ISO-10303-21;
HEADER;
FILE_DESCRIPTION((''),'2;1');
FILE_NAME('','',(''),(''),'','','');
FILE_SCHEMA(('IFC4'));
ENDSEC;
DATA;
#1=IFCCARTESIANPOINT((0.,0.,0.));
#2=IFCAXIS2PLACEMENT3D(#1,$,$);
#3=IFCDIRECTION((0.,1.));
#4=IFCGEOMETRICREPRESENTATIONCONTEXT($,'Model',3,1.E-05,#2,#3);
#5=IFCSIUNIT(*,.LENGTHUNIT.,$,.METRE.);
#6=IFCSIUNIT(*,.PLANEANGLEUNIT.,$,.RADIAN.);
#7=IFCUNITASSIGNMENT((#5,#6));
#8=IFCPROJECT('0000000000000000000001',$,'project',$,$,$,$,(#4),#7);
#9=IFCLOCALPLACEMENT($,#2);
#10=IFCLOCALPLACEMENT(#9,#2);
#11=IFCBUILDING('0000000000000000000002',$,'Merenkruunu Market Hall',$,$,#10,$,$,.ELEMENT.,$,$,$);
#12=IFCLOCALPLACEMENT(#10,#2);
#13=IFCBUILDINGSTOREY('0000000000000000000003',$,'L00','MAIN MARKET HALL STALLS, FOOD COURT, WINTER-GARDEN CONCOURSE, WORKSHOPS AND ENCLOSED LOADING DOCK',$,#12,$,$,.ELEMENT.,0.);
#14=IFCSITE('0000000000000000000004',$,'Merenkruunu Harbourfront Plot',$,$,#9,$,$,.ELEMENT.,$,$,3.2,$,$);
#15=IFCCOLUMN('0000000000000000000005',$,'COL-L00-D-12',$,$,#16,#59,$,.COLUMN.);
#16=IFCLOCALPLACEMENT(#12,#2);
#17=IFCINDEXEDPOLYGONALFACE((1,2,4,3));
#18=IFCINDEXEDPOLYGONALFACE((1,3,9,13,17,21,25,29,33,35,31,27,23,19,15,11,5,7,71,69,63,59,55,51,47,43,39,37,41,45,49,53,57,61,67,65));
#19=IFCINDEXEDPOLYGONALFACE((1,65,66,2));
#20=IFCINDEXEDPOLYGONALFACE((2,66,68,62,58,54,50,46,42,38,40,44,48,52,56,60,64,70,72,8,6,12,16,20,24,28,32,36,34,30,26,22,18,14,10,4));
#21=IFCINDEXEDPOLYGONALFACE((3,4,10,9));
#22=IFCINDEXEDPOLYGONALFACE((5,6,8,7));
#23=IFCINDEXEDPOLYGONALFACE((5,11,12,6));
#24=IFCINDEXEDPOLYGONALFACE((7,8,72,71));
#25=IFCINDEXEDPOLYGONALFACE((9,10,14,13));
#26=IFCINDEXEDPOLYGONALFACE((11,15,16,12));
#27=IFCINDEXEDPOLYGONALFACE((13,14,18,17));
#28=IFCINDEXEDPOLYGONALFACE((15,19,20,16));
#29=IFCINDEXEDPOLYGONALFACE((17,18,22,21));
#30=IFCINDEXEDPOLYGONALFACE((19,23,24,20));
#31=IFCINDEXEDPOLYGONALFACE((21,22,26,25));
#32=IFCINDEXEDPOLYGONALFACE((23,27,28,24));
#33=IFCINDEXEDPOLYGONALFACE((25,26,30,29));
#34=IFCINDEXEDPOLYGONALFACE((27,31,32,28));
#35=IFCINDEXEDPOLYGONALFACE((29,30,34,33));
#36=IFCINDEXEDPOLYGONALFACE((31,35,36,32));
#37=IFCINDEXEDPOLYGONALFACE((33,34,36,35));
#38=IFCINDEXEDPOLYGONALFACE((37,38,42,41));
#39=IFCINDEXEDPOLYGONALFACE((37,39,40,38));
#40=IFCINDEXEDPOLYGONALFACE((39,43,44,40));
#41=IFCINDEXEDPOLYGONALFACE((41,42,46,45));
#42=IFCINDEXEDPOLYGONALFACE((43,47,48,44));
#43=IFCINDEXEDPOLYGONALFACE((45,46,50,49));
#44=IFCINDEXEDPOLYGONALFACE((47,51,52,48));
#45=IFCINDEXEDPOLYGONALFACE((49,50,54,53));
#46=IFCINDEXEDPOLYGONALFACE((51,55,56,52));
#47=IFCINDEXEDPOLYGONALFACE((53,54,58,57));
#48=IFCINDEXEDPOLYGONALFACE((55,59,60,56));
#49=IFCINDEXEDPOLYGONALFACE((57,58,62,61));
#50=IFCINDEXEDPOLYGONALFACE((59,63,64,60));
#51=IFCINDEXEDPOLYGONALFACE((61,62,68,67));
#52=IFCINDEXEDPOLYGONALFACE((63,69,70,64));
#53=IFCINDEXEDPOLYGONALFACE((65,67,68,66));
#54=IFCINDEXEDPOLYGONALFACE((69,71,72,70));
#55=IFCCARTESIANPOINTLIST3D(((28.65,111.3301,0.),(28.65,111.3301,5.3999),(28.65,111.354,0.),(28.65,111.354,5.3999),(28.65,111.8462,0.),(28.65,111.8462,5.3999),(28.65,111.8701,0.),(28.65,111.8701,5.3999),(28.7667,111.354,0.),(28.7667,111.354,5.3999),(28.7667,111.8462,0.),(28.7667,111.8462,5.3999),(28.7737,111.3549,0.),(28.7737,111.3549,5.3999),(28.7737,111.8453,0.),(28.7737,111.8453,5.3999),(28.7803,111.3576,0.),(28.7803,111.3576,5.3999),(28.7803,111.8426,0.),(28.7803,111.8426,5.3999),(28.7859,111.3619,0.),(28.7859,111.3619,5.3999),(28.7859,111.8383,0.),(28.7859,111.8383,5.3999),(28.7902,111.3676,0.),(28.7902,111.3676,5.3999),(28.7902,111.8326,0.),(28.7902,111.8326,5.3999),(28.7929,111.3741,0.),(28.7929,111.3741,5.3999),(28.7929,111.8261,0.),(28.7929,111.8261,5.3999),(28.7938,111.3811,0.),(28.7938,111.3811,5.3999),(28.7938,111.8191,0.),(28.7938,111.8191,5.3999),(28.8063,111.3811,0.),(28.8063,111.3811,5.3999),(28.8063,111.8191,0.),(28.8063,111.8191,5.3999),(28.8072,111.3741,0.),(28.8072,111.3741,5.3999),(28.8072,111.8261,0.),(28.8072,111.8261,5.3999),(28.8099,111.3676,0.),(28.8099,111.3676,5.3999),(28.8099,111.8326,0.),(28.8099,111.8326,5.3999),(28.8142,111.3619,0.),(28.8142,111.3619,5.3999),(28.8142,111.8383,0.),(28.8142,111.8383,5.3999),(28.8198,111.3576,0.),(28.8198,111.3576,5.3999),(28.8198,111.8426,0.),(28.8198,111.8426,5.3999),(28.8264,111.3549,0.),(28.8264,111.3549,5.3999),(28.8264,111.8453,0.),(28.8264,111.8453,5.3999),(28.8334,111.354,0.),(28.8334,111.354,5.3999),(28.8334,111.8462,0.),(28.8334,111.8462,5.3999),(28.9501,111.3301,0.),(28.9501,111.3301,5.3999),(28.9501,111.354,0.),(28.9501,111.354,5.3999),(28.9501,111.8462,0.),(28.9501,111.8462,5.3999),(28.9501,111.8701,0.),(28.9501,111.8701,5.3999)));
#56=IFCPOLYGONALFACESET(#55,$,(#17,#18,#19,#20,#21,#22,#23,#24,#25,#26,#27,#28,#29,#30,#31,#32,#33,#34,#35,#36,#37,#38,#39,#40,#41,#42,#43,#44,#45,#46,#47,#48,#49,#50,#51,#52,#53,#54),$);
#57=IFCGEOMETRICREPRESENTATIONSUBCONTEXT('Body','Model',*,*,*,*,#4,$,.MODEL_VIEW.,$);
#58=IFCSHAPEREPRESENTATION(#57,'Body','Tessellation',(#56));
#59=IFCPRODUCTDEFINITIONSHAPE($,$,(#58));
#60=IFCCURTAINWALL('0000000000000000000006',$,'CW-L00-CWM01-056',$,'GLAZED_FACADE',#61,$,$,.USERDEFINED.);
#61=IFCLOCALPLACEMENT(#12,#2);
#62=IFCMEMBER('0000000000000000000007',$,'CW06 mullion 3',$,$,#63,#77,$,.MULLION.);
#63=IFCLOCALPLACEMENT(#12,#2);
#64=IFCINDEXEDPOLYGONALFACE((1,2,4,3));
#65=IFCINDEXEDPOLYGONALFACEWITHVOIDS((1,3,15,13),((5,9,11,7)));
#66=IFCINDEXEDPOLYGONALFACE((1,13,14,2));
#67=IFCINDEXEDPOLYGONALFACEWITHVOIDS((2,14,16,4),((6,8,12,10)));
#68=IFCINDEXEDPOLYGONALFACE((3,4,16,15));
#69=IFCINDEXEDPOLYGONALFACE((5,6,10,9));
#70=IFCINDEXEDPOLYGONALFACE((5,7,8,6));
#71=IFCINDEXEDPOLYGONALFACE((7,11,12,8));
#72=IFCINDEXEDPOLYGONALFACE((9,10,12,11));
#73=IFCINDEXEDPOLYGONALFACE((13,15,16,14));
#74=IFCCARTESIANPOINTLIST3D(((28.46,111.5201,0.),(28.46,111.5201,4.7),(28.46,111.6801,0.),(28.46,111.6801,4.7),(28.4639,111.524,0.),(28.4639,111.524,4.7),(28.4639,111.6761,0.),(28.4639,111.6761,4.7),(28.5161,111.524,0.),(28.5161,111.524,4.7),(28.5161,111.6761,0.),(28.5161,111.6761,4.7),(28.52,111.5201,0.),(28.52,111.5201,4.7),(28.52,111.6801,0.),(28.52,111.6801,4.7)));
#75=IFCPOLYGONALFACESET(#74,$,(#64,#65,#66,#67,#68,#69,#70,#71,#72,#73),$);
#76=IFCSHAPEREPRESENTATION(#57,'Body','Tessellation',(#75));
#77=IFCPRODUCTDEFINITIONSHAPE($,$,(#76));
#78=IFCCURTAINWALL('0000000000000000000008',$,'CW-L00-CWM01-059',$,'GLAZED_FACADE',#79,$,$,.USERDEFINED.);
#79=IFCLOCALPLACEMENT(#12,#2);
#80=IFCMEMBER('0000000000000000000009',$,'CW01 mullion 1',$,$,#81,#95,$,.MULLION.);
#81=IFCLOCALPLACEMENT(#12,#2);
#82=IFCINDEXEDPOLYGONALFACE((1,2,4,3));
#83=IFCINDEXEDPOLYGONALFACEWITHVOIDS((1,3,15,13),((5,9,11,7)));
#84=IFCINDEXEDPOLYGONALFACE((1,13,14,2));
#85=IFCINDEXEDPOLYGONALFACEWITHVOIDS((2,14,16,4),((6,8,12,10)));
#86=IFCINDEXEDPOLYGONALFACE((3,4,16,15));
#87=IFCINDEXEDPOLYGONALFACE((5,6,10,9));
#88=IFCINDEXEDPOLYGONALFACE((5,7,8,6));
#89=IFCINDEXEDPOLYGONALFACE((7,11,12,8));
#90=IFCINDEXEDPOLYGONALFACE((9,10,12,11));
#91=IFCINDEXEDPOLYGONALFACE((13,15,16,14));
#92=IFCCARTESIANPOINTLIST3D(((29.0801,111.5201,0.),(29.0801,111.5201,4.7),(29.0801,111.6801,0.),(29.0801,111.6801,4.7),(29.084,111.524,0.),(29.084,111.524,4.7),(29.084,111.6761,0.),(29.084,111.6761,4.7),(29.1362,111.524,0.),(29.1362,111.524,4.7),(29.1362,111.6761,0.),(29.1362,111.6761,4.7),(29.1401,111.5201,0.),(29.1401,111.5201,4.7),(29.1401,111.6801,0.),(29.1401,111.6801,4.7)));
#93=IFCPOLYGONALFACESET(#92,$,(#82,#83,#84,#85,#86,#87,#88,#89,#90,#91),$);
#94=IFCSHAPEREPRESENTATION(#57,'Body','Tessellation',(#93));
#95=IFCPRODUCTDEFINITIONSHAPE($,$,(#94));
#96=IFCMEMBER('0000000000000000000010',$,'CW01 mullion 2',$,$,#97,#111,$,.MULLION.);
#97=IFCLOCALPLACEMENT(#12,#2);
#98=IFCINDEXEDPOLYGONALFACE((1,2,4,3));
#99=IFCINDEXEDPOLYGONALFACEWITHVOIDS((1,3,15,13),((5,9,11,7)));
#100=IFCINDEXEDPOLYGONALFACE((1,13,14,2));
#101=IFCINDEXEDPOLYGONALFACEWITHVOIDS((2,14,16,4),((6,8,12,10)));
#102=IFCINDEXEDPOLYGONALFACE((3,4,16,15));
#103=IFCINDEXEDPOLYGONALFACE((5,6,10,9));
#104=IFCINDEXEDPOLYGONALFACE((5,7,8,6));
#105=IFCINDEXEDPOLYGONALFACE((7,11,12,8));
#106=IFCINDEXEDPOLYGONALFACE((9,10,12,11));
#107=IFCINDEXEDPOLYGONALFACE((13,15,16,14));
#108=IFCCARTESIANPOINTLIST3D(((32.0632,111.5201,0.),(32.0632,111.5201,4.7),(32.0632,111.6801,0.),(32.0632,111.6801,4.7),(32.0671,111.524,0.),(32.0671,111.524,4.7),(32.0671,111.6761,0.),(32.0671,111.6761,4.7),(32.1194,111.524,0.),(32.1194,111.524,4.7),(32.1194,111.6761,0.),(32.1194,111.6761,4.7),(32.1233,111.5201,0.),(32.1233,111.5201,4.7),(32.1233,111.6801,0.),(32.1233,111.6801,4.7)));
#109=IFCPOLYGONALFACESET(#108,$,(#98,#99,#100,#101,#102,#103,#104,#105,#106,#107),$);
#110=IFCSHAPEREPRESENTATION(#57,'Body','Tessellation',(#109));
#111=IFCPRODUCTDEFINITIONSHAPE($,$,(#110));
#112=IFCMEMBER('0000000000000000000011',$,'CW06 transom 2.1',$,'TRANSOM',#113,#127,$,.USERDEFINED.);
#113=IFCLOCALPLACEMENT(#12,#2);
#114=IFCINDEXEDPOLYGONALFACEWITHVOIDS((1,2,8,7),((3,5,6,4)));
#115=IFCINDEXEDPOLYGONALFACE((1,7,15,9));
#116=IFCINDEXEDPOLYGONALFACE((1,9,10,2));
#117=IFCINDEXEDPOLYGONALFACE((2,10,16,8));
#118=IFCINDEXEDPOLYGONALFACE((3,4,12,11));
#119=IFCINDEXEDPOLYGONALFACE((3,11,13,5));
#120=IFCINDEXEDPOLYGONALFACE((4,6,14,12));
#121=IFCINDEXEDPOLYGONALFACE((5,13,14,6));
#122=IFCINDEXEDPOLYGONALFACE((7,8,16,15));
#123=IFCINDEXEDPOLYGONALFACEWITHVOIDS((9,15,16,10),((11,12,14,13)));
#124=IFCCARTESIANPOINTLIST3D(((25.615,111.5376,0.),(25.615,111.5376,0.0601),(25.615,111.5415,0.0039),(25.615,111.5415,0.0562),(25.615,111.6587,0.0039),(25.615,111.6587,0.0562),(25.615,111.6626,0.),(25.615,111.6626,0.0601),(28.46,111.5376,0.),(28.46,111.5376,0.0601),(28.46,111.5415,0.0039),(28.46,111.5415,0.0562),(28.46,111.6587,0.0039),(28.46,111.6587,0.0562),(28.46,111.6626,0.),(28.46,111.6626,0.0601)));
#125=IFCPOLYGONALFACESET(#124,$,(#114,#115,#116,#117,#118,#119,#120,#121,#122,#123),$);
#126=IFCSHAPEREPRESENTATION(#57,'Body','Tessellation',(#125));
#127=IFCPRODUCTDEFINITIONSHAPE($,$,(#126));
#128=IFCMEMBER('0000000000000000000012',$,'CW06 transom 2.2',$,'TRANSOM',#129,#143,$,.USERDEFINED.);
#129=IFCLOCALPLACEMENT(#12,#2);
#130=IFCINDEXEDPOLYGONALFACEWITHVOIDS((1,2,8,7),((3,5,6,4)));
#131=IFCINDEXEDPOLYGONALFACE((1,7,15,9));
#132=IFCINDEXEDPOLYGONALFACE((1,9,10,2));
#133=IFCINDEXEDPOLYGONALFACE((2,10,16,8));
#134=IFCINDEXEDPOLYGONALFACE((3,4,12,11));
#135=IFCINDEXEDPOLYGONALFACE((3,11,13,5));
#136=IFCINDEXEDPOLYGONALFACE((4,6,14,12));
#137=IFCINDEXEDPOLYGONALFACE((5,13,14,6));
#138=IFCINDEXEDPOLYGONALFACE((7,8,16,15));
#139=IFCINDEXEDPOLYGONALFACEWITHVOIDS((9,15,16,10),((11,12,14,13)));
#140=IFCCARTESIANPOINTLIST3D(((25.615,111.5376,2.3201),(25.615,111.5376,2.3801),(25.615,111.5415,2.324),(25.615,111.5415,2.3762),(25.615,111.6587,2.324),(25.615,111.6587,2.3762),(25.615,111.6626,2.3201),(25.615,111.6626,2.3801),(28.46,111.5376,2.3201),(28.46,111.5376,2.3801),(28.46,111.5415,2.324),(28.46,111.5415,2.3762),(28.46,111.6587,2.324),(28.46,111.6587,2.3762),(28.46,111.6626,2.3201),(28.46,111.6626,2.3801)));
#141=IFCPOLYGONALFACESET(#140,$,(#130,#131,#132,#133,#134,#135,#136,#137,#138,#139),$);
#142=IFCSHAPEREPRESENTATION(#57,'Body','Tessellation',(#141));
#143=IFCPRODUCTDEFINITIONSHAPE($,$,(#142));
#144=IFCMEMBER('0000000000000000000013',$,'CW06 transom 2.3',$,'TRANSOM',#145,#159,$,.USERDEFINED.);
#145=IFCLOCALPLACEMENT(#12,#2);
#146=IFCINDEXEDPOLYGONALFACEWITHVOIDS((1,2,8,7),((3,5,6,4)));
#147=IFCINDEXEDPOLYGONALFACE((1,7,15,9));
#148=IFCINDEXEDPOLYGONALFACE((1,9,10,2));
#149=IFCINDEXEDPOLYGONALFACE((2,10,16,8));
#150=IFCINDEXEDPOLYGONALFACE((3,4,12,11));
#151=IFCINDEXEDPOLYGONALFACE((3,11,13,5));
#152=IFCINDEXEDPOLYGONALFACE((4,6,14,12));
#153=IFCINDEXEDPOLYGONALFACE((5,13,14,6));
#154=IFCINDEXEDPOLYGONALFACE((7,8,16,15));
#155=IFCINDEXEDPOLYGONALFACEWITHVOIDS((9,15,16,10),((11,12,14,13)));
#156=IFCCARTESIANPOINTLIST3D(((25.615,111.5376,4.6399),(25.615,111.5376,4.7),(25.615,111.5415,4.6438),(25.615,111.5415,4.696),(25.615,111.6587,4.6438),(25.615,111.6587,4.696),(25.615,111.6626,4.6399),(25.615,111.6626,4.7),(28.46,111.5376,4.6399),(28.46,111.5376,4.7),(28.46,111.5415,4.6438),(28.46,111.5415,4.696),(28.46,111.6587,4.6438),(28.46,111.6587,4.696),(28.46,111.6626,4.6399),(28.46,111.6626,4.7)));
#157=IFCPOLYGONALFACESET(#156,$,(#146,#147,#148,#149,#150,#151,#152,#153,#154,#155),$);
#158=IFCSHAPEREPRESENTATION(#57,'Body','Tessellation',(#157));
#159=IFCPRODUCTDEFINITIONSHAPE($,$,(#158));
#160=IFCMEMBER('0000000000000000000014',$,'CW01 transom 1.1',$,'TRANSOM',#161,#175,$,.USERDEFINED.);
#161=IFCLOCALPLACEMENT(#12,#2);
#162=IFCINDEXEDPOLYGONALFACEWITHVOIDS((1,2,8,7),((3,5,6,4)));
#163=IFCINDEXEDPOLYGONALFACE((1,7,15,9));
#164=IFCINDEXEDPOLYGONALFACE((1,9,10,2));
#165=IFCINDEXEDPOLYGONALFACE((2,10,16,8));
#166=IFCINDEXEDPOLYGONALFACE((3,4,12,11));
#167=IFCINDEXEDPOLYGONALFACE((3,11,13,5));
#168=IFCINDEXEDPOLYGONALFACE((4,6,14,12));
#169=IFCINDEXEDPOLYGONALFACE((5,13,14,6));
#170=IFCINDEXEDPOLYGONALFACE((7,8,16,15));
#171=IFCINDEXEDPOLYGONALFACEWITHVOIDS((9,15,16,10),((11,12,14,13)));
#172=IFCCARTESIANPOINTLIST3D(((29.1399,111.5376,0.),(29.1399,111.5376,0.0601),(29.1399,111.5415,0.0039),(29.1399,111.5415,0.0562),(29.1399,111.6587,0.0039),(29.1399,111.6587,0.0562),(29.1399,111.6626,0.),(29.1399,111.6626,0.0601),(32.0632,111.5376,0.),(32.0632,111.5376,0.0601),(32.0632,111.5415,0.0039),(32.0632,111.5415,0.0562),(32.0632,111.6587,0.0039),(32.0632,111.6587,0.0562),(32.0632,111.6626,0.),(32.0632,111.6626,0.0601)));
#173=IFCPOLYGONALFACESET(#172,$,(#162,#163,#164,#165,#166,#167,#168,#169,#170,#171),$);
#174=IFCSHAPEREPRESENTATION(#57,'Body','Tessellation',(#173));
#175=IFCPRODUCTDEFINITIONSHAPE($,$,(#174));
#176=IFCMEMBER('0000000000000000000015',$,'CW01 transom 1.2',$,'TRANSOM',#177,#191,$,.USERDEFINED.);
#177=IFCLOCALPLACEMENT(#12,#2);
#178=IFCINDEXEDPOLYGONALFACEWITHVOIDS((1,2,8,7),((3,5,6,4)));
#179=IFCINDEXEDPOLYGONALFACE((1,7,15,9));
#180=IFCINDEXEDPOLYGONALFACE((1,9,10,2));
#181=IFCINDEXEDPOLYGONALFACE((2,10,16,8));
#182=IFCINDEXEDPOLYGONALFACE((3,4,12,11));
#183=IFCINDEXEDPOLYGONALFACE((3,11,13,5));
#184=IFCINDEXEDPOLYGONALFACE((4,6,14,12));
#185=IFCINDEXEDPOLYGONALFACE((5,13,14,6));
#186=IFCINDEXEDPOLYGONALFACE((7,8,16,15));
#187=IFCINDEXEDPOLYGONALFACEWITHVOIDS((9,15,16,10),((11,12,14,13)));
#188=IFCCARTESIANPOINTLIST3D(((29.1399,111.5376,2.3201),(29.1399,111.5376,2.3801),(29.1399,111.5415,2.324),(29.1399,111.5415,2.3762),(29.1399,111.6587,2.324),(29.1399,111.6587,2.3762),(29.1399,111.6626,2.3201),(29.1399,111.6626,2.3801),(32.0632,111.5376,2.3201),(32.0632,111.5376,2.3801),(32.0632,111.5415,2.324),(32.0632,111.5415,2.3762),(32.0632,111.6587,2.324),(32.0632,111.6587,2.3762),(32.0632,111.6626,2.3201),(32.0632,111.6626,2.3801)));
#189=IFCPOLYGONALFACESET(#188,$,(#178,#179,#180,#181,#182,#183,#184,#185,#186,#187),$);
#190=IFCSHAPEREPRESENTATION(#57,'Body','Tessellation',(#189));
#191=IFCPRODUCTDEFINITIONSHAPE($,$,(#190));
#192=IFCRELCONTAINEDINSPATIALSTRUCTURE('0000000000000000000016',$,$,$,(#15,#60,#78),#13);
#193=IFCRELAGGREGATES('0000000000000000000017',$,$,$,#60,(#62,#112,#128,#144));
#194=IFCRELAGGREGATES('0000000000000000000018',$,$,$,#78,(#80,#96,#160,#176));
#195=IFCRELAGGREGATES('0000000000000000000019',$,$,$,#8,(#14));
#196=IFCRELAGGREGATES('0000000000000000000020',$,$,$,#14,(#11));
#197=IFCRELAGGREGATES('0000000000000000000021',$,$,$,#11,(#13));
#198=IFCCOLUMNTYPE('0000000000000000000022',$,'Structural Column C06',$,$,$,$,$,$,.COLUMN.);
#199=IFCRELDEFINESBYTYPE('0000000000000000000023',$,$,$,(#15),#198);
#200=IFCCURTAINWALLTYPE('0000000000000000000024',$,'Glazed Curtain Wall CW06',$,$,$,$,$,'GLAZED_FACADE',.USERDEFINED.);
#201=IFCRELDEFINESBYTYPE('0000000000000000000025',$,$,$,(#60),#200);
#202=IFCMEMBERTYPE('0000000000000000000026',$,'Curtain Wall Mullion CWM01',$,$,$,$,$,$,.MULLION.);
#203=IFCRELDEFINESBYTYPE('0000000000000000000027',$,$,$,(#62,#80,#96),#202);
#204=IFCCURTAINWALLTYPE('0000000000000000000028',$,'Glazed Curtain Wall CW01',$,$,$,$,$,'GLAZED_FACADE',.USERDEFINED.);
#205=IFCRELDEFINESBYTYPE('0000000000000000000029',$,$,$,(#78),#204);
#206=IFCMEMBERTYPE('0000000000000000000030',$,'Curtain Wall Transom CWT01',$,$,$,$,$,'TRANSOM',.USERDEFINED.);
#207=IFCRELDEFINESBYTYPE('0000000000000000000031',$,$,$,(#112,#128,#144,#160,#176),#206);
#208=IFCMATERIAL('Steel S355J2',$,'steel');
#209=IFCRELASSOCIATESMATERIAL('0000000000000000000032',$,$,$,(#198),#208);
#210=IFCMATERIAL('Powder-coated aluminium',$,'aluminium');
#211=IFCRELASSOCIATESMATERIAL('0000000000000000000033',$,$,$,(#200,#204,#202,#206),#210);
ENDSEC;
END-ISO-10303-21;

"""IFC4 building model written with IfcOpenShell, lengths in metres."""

from ifc_helpers import new_model, si_unit, direction, frame, origin, origin_2d, place, context, subcontext, project, spatial, hollow_rectangle, i_section, extrude, material, material_profile, profile_set, type_object, element, aggregate, save


model = new_model("IFC4")

# Units and contexts
model_context = context("Model", 3, precision=1e-05, world=origin(), true_north=direction((0.0, 1.0)))
body_context = subcontext(model_context, "Body", "Model", "MODEL_VIEW")
ifc_project = project(units=[si_unit("LENGTHUNIT", "METRE"), si_unit("PLANEANGLEUNIT", "RADIAN")], contexts=[model_context])

# Site, building, storey
site_placement = place(None, origin())
site = spatial("IfcSite", under=ifc_project, at=site_placement, Name="Merenkruunu Harbourfront Plot", CompositionType="ELEMENT", RefElevation=3.2)
building_placement = place(site_placement, origin())
building = spatial("IfcBuilding", under=site, at=building_placement, Name="Merenkruunu Market Hall", CompositionType="ELEMENT")
storey_placement = place(building_placement, origin())
storey = spatial("IfcBuildingStorey", under=building, at=storey_placement, Name="L00", Description="MAIN MARKET HALL STALLS, FOOD COURT, WINTER-GARDEN CONCOURSE, WORKSHOPS AND ENCLOSED LOADING DOCK", CompositionType="ELEMENT", Elevation=0.0)

# Column
ifc_material_1 = material(Name="Steel S355J2", Category="steel")
ifc_material_profile_1 = material_profile(ifc_material_1, i_section(OverallWidth=0.3, OverallDepth=0.54, WebThickness=0.0125, FlangeThickness=0.0239, FilletRadius=0.0271, at=origin_2d()), Name="HEA 550")
ifc_profile_set_1 = profile_set([ifc_material_profile_1], Name="Steel S355J2")
column_type = type_object("IfcColumnType", Name="Structural Column C06", PredefinedType="COLUMN", material=ifc_profile_set_1)
column_placement = place(storey_placement, frame((28.8, 111.6001, 0.0), z_axis=(0.0, 0.0, 1.0), x_axis=(1.0, 0.0, 0.0)))
element("IfcColumn", 1, at=column_placement, inside=storey, type_object=column_type, Name="COL-L00-D-12", PredefinedType="COLUMN", context=body_context, shape_type="SweptSolid", body=[
    extrude(i_section(OverallWidth=0.3, OverallDepth=0.54, WebThickness=0.0125, FlangeThickness=0.0239, FilletRadius=0.0271, at=origin_2d()), origin(), (0.0, 0.0, 1.0), 5.3999),
])

# Curtain wall, member
ifc_material_2 = material(Name="Powder-coated aluminium", Category="aluminium")
curtain_wall_type_1 = type_object("IfcCurtainWallType", Name="Glazed Curtain Wall CW06", ElementType="GLAZED_FACADE", PredefinedType="USERDEFINED", material=ifc_material_2)
curtain_wall_1_placement = place(storey_placement, origin())
curtain_wall_1 = element("IfcCurtainWall", 2, at=curtain_wall_1_placement, inside=storey, type_object=curtain_wall_type_1, Name="CW-L00-CWM01-056", ObjectType="GLAZED_FACADE", PredefinedType="USERDEFINED")
ifc_material_profile_2 = material_profile(ifc_material_2, hollow_rectangle(XDim=0.0601, YDim=0.1599, WallThickness=0.0039, at=origin_2d()), Name="ALU 60x160x4")
ifc_profile_set_2 = profile_set([ifc_material_profile_2], Name="Powder-coated aluminium")
member_type_1 = type_object("IfcMemberType", Name="Curtain Wall Mullion CWM01", PredefinedType="MULLION", material=ifc_profile_set_2)
member_1_placement = place(storey_placement, frame((28.49, 111.6001, 0.0), z_axis=(0.0, 0.0, 1.0), x_axis=(1.0, 0.0, 0.0)))
member_1 = element("IfcMember", 3, at=member_1_placement, type_object=member_type_1, Name="CW06 mullion 3", PredefinedType="MULLION", context=body_context, shape_type="SweptSolid", body=[
    extrude(hollow_rectangle(XDim=0.0601, YDim=0.1599, WallThickness=0.0039, at=origin_2d()), origin(), (0.0, 0.0, 1.0), 4.7),
])

# Curtain wall, members
curtain_wall_type_2 = type_object("IfcCurtainWallType", Name="Glazed Curtain Wall CW01", ElementType="GLAZED_FACADE", PredefinedType="USERDEFINED", material=ifc_material_2)
curtain_wall_2_placement = place(storey_placement, origin())
curtain_wall_2 = element("IfcCurtainWall", 4, at=curtain_wall_2_placement, inside=storey, type_object=curtain_wall_type_2, Name="CW-L00-CWM01-059", ObjectType="GLAZED_FACADE", PredefinedType="USERDEFINED")
member_2_placement = place(storey_placement, frame((29.1101, 111.6001, 0.0), z_axis=(0.0, 0.0, 1.0), x_axis=(1.0, 0.0, 0.0)))
member_2 = element("IfcMember", 5, at=member_2_placement, type_object=member_type_1, Name="CW01 mullion 1", PredefinedType="MULLION", context=body_context, shape_type="SweptSolid", body=[
    extrude(hollow_rectangle(XDim=0.0601, YDim=0.1599, WallThickness=0.0039, at=origin_2d()), origin(), (0.0, 0.0, 1.0), 4.7),
])
member_3_placement = place(storey_placement, frame((32.0933, 111.6001, 0.0), z_axis=(0.0, 0.0, 1.0), x_axis=(1.0, 0.0, 0.0)))
member_3 = element("IfcMember", 6, at=member_3_placement, type_object=member_type_1, Name="CW01 mullion 2", PredefinedType="MULLION", context=body_context, shape_type="SweptSolid", body=[
    extrude(hollow_rectangle(XDim=0.0601, YDim=0.1599, WallThickness=0.0039, at=origin_2d()), origin(), (0.0, 0.0, 1.0), 4.7),
])

# Members
ifc_material_profile_3 = material_profile(ifc_material_2, hollow_rectangle(XDim=0.0601, YDim=0.125, WallThickness=0.0039, at=origin_2d()), Name="ALU 60x125x4")
ifc_profile_set_3 = profile_set([ifc_material_profile_3], Name="Powder-coated aluminium")
member_type_2 = type_object("IfcMemberType", Name="Curtain Wall Transom CWT01", ElementType="TRANSOM", PredefinedType="USERDEFINED", material=ifc_profile_set_3)
member_4_placement = place(storey_placement, frame((25.615, 111.6001, 0.03), z_axis=(1.0, 0.0, 0.0), x_axis=(0.0, 0.0, 1.0)))
member_4 = element("IfcMember", 7, at=member_4_placement, type_object=member_type_2, Name="CW06 transom 2.1", ObjectType="TRANSOM", PredefinedType="USERDEFINED", context=body_context, shape_type="SweptSolid", body=[
    extrude(hollow_rectangle(XDim=0.0601, YDim=0.125, WallThickness=0.0039, at=origin_2d()), origin(), (0.0, 0.0, 1.0), 2.845),
])
member_5_placement = place(storey_placement, frame((25.615, 111.6001, 2.3501), z_axis=(1.0, 0.0, 0.0), x_axis=(0.0, 0.0, 1.0)))
member_5 = element("IfcMember", 8, at=member_5_placement, type_object=member_type_2, Name="CW06 transom 2.2", ObjectType="TRANSOM", PredefinedType="USERDEFINED", context=body_context, shape_type="SweptSolid", body=[
    extrude(hollow_rectangle(XDim=0.0601, YDim=0.125, WallThickness=0.0039, at=origin_2d()), origin(), (0.0, 0.0, 1.0), 2.845),
])
member_6_placement = place(storey_placement, frame((25.615, 111.6001, 4.6699), z_axis=(1.0, 0.0, 0.0), x_axis=(0.0, 0.0, 1.0)))
member_6 = element("IfcMember", 9, at=member_6_placement, type_object=member_type_2, Name="CW06 transom 2.3", ObjectType="TRANSOM", PredefinedType="USERDEFINED", context=body_context, shape_type="SweptSolid", body=[
    extrude(hollow_rectangle(XDim=0.0601, YDim=0.125, WallThickness=0.0039, at=origin_2d()), origin(), (0.0, 0.0, 1.0), 2.845),
])
member_7_placement = place(storey_placement, frame((29.1399, 111.6001, 0.03), z_axis=(1.0, 0.0, 0.0), x_axis=(0.0, 0.0, 1.0)))
member_7 = element("IfcMember", 10, at=member_7_placement, type_object=member_type_2, Name="CW01 transom 1.1", ObjectType="TRANSOM", PredefinedType="USERDEFINED", context=body_context, shape_type="SweptSolid", body=[
    extrude(hollow_rectangle(XDim=0.0601, YDim=0.125, WallThickness=0.0039, at=origin_2d()), origin(), (0.0, 0.0, 1.0), 2.9233),
])
member_8_placement = place(storey_placement, frame((29.1399, 111.6001, 2.3501), z_axis=(1.0, 0.0, 0.0), x_axis=(0.0, 0.0, 1.0)))
member_8 = element("IfcMember", 11, at=member_8_placement, type_object=member_type_2, Name="CW01 transom 1.2", ObjectType="TRANSOM", PredefinedType="USERDEFINED", context=body_context, shape_type="SweptSolid", body=[
    extrude(hollow_rectangle(XDim=0.0601, YDim=0.125, WallThickness=0.0039, at=origin_2d()), origin(), (0.0, 0.0, 1.0), 2.9233),
])

aggregate(curtain_wall_1, [member_1, member_4, member_5, member_6])
aggregate(curtain_wall_2, [member_2, member_3, member_7, member_8])

save(model, "model.ifc")
